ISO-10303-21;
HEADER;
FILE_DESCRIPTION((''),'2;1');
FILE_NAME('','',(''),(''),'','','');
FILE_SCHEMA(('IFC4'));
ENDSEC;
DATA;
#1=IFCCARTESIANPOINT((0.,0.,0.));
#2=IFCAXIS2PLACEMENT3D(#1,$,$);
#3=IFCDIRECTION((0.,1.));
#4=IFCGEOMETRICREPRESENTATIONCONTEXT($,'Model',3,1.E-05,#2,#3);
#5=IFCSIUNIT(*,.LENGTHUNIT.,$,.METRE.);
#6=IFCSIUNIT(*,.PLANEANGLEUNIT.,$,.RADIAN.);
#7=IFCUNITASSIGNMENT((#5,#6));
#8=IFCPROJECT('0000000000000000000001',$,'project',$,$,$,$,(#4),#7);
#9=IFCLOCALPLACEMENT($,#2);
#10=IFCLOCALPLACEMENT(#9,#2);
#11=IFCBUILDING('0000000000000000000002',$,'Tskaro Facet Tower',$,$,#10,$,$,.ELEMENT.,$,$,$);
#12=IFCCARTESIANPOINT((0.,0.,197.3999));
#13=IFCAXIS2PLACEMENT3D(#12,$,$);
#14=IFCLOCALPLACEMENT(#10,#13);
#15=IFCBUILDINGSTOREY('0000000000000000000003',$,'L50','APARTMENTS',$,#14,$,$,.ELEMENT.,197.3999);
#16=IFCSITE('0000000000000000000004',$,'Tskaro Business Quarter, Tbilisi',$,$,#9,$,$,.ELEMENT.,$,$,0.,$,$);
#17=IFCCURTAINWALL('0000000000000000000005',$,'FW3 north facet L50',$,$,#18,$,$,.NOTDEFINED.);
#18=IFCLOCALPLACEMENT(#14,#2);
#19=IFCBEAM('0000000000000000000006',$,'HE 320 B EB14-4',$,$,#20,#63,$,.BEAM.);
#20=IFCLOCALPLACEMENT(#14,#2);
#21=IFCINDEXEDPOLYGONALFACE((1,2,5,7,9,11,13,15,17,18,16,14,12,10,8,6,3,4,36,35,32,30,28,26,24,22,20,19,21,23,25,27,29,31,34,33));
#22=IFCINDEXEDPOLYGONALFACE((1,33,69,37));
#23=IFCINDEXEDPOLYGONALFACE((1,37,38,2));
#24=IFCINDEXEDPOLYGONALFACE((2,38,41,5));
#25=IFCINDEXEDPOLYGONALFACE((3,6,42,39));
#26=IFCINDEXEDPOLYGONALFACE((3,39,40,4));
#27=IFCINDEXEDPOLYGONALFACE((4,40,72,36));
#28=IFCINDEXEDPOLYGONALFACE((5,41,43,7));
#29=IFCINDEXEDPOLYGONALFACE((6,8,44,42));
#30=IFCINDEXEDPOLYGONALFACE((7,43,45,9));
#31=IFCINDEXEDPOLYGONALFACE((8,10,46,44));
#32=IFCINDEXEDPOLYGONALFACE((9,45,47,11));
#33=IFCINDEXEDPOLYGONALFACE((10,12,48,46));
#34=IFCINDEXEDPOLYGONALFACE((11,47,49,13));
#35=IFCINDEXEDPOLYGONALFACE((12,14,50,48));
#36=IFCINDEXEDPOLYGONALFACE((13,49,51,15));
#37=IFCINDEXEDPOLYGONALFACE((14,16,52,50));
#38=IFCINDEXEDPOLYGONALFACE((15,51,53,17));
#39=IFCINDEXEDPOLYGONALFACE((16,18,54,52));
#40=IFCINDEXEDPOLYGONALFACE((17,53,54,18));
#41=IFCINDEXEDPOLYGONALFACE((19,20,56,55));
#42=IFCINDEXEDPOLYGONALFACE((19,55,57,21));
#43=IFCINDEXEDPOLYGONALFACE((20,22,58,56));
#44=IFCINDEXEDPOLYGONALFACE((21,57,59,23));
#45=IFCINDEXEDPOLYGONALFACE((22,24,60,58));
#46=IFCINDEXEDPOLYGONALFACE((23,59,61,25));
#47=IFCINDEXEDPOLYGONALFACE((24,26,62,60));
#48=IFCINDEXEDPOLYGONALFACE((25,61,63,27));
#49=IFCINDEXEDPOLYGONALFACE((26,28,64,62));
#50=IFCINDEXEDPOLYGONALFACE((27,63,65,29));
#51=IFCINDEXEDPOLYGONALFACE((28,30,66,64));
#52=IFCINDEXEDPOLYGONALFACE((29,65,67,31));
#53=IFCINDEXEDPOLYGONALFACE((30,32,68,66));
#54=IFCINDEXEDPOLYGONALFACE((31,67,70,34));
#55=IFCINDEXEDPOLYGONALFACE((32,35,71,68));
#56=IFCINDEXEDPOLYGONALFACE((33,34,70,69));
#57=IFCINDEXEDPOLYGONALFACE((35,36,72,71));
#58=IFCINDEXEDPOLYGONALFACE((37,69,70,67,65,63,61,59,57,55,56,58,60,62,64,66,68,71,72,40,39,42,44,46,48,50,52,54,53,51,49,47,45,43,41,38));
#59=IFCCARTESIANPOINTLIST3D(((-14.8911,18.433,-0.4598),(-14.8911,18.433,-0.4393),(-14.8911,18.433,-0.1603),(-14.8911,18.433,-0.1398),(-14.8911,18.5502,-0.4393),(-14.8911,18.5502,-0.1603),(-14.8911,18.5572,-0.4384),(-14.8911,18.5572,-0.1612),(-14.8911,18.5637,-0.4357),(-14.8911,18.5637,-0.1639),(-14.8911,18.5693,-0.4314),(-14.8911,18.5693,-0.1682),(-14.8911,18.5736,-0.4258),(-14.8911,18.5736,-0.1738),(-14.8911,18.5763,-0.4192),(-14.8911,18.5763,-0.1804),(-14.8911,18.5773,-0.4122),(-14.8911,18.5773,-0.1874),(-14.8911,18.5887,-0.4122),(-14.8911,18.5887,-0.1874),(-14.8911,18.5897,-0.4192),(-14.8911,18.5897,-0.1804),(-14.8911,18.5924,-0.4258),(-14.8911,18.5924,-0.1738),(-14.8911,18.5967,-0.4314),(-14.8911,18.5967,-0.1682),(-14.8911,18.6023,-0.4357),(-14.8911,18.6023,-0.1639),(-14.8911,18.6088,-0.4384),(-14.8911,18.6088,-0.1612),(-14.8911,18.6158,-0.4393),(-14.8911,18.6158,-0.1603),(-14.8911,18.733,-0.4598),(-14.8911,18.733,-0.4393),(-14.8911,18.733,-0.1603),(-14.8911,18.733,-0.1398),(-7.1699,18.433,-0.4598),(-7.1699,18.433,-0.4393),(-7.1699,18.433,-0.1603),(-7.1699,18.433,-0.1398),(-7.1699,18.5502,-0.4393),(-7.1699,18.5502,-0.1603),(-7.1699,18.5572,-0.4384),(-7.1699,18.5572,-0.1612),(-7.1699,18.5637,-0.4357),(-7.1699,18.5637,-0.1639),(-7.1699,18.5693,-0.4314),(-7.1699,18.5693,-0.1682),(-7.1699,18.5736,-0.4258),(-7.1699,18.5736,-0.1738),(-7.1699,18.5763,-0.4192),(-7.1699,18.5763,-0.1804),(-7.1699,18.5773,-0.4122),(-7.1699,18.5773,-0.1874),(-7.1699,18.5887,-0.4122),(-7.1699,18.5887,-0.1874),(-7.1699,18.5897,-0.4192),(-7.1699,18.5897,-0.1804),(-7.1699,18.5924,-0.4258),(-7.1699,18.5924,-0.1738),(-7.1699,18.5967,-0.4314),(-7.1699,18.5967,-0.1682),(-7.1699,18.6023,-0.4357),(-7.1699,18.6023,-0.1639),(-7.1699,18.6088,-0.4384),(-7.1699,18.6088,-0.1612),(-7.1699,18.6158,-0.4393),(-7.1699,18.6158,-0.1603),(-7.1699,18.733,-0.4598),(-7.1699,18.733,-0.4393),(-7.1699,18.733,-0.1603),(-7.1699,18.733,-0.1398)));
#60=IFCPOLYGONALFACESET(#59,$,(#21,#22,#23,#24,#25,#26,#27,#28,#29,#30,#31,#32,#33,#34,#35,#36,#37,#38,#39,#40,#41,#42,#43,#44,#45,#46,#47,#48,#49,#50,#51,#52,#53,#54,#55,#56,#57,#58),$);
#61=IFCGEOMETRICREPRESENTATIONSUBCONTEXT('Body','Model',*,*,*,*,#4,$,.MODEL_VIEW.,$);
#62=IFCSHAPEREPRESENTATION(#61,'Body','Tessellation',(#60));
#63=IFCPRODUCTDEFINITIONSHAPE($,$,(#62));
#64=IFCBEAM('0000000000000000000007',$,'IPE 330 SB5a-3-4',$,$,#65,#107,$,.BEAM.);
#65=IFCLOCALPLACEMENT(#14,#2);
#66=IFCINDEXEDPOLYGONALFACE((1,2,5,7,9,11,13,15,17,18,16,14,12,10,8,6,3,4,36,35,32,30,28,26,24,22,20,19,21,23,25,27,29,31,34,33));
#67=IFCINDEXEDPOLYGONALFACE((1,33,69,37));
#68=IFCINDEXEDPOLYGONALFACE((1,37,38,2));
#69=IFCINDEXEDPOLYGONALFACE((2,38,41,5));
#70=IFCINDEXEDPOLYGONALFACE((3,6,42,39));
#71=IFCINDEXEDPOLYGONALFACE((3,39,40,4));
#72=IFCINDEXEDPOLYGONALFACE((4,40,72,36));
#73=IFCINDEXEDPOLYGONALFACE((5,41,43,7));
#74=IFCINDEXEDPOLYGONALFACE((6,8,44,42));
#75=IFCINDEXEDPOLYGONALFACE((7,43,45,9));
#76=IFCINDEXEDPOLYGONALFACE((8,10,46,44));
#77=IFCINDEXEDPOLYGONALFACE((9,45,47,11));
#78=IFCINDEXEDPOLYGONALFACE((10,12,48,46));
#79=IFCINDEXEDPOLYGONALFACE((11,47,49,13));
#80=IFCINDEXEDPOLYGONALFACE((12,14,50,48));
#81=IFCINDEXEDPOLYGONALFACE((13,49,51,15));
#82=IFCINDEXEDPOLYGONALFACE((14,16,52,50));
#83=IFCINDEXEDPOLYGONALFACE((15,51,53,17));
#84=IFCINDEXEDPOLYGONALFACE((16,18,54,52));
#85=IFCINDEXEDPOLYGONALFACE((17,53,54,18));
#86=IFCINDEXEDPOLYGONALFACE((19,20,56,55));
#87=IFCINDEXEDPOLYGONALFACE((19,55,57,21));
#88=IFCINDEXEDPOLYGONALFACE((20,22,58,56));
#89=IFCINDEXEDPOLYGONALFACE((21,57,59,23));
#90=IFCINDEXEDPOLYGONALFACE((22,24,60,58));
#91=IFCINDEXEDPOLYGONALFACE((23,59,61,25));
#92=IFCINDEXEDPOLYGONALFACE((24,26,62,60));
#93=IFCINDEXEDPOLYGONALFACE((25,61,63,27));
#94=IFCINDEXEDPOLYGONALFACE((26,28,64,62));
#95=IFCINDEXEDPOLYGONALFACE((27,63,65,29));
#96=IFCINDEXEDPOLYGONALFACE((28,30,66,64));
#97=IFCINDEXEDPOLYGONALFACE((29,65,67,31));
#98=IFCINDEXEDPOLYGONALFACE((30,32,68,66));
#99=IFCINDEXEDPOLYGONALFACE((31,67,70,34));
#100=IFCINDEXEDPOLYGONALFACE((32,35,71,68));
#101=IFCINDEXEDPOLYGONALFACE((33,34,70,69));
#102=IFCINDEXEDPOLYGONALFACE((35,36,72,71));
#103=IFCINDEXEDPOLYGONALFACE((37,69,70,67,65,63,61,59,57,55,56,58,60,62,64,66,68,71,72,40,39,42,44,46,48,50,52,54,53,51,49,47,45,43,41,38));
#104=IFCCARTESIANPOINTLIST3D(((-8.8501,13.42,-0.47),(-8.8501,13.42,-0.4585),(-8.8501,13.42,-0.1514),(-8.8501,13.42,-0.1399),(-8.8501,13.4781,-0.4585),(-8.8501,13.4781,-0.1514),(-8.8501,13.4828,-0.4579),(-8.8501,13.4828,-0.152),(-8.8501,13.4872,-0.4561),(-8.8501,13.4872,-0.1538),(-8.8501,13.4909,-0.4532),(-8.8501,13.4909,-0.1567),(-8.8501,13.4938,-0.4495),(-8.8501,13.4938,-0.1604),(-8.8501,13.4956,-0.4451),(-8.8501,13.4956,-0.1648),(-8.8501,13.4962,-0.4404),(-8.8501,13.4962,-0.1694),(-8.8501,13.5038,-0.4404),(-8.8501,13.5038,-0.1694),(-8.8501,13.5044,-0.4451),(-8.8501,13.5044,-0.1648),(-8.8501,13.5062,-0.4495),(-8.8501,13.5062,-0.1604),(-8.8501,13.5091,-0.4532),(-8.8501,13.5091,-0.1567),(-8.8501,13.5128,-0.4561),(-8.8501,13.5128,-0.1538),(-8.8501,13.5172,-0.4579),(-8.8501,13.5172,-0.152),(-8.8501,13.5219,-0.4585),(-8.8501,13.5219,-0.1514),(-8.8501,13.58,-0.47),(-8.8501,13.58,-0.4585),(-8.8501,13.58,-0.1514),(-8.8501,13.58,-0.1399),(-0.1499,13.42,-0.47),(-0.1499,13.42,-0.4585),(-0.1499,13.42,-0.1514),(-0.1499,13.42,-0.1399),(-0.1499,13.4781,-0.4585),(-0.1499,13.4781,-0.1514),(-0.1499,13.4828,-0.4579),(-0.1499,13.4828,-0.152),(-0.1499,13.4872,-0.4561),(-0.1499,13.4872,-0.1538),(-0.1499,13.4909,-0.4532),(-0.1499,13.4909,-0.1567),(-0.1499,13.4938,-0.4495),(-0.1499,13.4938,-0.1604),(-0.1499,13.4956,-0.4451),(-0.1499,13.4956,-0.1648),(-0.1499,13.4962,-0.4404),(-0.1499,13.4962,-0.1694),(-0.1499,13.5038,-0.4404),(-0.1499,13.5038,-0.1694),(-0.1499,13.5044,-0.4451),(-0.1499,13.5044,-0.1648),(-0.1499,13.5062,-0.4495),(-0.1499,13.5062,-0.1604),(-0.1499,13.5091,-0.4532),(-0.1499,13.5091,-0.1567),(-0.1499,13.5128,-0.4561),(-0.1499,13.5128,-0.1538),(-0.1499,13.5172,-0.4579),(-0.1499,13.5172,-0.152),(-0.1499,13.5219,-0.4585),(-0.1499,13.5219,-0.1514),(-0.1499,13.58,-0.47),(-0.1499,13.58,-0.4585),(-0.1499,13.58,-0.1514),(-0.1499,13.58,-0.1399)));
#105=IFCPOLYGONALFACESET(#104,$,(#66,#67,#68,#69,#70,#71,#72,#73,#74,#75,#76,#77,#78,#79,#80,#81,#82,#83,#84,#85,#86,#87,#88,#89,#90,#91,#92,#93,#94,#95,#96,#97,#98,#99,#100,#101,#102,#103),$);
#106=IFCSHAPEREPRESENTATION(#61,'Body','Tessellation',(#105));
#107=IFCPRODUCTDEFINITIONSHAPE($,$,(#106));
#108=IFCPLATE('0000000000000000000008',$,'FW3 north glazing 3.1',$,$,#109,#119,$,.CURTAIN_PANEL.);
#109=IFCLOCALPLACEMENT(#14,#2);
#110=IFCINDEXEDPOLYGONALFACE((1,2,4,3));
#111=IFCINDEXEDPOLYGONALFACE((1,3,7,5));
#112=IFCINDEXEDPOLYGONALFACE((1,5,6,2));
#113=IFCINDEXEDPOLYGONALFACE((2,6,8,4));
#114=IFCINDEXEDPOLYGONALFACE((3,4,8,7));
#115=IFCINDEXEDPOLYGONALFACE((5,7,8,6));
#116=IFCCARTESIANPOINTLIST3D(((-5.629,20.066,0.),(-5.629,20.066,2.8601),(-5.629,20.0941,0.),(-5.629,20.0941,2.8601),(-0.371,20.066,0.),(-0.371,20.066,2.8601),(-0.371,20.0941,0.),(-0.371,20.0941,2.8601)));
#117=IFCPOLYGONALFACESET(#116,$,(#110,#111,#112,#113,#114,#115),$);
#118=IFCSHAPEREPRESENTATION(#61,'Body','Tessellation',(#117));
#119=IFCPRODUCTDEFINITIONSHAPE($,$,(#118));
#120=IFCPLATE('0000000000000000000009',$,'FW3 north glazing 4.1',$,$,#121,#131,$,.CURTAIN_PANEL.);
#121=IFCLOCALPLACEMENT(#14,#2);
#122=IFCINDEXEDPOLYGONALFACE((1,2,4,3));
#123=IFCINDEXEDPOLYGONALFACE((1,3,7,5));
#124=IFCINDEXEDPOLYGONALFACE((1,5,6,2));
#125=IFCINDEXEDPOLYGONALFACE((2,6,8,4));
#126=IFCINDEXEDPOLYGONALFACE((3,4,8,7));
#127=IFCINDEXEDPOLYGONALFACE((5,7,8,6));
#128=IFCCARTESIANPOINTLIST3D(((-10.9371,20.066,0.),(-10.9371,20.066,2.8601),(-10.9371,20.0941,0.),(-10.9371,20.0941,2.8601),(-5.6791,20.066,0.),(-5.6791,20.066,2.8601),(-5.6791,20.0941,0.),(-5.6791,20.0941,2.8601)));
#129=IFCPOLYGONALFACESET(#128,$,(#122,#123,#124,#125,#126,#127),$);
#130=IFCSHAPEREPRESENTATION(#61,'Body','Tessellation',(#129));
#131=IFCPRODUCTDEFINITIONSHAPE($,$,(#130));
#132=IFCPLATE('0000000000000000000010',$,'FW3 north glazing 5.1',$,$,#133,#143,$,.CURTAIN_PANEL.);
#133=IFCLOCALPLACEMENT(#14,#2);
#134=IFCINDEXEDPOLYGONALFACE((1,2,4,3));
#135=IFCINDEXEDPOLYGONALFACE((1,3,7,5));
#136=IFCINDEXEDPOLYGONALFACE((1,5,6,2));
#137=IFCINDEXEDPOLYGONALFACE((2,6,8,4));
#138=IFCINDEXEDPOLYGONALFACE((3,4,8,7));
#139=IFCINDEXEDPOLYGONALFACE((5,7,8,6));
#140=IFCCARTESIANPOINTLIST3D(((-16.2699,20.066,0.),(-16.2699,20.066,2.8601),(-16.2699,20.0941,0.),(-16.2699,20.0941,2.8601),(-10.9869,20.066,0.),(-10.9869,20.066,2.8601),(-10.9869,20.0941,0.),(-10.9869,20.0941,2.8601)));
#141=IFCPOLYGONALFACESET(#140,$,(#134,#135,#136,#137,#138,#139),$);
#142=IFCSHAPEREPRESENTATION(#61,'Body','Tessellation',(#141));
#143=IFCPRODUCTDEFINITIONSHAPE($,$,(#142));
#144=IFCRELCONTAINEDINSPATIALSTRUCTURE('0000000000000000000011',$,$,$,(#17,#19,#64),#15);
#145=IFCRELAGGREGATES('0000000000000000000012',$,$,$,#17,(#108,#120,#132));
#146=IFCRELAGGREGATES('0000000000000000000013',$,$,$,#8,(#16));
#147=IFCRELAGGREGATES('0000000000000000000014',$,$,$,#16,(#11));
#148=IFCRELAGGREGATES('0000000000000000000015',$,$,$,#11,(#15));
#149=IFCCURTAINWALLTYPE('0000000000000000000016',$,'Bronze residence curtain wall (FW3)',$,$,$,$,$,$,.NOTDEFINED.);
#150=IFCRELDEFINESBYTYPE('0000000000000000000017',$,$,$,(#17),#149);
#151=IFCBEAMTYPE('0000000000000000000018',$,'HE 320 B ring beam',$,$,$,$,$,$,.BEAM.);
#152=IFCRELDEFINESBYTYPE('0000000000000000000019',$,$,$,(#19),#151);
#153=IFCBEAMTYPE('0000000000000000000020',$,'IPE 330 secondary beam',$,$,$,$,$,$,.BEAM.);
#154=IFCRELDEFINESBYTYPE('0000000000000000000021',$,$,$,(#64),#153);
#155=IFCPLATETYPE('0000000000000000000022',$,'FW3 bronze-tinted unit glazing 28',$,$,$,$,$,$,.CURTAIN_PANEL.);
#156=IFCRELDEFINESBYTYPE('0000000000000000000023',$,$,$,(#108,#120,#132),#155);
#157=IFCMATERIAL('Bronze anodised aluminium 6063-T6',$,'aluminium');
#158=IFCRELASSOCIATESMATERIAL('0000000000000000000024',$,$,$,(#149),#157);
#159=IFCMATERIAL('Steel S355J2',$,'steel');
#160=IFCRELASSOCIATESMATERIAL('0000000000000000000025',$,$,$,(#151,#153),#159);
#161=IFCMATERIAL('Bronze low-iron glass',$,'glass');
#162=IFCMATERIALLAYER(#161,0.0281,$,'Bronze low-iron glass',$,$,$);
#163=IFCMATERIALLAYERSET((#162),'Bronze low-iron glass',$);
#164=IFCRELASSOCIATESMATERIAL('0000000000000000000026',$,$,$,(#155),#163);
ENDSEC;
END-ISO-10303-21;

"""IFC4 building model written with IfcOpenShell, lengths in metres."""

from ifc_helpers import new_model, si_unit, direction, frame, origin, origin_2d, place, context, subcontext, project, spatial, rectangle, i_section, extrude, material, layer, layer_set, material_profile, profile_set, type_object, element, aggregate, save


model = new_model("IFC4")

# Units and contexts
model_context = context("Model", 3, precision=1e-05, world=origin(), true_north=direction((0.0, 1.0)))
body_context = subcontext(model_context, "Body", "Model", "MODEL_VIEW")
ifc_project = project(units=[si_unit("LENGTHUNIT", "METRE"), si_unit("PLANEANGLEUNIT", "RADIAN")], contexts=[model_context])

# Site, building, storey
site_placement = place(None, origin())
site = spatial("IfcSite", under=ifc_project, at=site_placement, Name="Tskaro Business Quarter, Tbilisi", CompositionType="ELEMENT", RefElevation=0.0)
building_placement = place(site_placement, origin())
building = spatial("IfcBuilding", under=site, at=building_placement, Name="Tskaro Facet Tower", CompositionType="ELEMENT")
storey_placement = place(building_placement, frame((0.0, 0.0, 197.3999)))
storey = spatial("IfcBuildingStorey", under=building, at=storey_placement, Name="L50", Description="APARTMENTS", CompositionType="ELEMENT", Elevation=197.3999)

# Curtain wall
ifc_material_1 = material(Name="Bronze anodised aluminium 6063-T6", Category="aluminium")
curtain_wall_type = type_object("IfcCurtainWallType", Name="Bronze residence curtain wall (FW3)", PredefinedType="NOTDEFINED", material=ifc_material_1)
curtain_wall_placement = place(storey_placement, origin())
curtain_wall = element("IfcCurtainWall", 1, at=curtain_wall_placement, inside=storey, type_object=curtain_wall_type, Name="FW3 north facet L50", PredefinedType="NOTDEFINED")

# Beams
ifc_material_2 = material(Name="Steel S355J2", Category="steel")
ifc_material_profile_1 = material_profile(ifc_material_2, i_section(OverallWidth=0.3, OverallDepth=0.3201, WebThickness=0.0115, FlangeThickness=0.0205, FilletRadius=0.0271, at=origin_2d()), Name="HE 320 B")
ifc_profile_set_1 = profile_set([ifc_material_profile_1], Name="Steel S355J2")
beam_type_1 = type_object("IfcBeamType", Name="HE 320 B ring beam", PredefinedType="BEAM", material=ifc_profile_set_1)
beam_1_placement = place(storey_placement, frame((-7.1699, 18.583, -0.2998), z_axis=(-1.0, 0.0, 0.0), x_axis=(0.0, -1.0, 0.0)))
element("IfcBeam", 2, at=beam_1_placement, inside=storey, type_object=beam_type_1, Name="HE 320 B EB14-4", PredefinedType="BEAM", context=body_context, shape_type="SweptSolid", body=[
    extrude(i_section(OverallWidth=0.3, OverallDepth=0.3201, WebThickness=0.0115, FlangeThickness=0.0205, FilletRadius=0.0271, at=origin_2d()), origin(), (0.0, 0.0, 1.0), 7.7212),
])
ifc_material_profile_2 = material_profile(ifc_material_2, i_section(OverallWidth=0.1599, OverallDepth=0.3301, WebThickness=0.0076, FlangeThickness=0.0115, FilletRadius=0.0181, at=origin_2d()), Name="IPE 330")
ifc_profile_set_2 = profile_set([ifc_material_profile_2], Name="Steel S355J2")
beam_type_2 = type_object("IfcBeamType", Name="IPE 330 secondary beam", PredefinedType="BEAM", material=ifc_profile_set_2)
beam_2_placement = place(storey_placement, frame((-8.8501, 13.5, -0.3049), z_axis=(1.0, 0.0, 0.0), x_axis=(0.0, 1.0, 0.0)))
element("IfcBeam", 3, at=beam_2_placement, inside=storey, type_object=beam_type_2, Name="IPE 330 SB5a-3-4", PredefinedType="BEAM", context=body_context, shape_type="SweptSolid", body=[
    extrude(i_section(OverallWidth=0.1599, OverallDepth=0.3301, WebThickness=0.0076, FlangeThickness=0.0115, FilletRadius=0.0181, at=origin_2d()), origin(), (0.0, 0.0, 1.0), 8.7002),
])

# Plates
ifc_material_3 = material(Name="Bronze low-iron glass", Category="glass")
ifc_layer_1 = layer(ifc_material_3, 0.0281, Name="Bronze low-iron glass")
ifc_layer_set_1 = layer_set([ifc_layer_1], Name="Bronze low-iron glass")
plate_type = type_object("IfcPlateType", Name="FW3 bronze-tinted unit glazing 28", PredefinedType="CURTAIN_PANEL", material=ifc_layer_set_1)
plate_1_placement = place(storey_placement, frame((-3.0, 20.0801, 0.0), z_axis=(0.0, 0.0, 1.0), x_axis=(-1.0, 0.0, 0.0)))
plate_1 = element("IfcPlate", 4, at=plate_1_placement, type_object=plate_type, Name="FW3 north glazing 3.1", PredefinedType="CURTAIN_PANEL", context=body_context, shape_type="SweptSolid", body=[
    extrude(rectangle(XDim=5.2581, YDim=0.0281, at=origin_2d()), origin(), (0.0, 0.0, 1.0), 2.8601),
])
plate_2_placement = place(storey_placement, frame((-8.3081, 20.0801, 0.0), z_axis=(0.0, 0.0, 1.0), x_axis=(-1.0, 0.0, 0.0)))
plate_2 = element("IfcPlate", 5, at=plate_2_placement, type_object=plate_type, Name="FW3 north glazing 4.1", PredefinedType="CURTAIN_PANEL", context=body_context, shape_type="SweptSolid", body=[
    extrude(rectangle(XDim=5.2581, YDim=0.0281, at=origin_2d()), origin(), (0.0, 0.0, 1.0), 2.8601),
])
plate_3_placement = place(storey_placement, frame((-13.6284, 20.0801, 0.0), z_axis=(0.0, 0.0, 1.0), x_axis=(-1.0, 0.0, 0.0)))
plate_3 = element("IfcPlate", 6, at=plate_3_placement, type_object=plate_type, Name="FW3 north glazing 5.1", PredefinedType="CURTAIN_PANEL", context=body_context, shape_type="SweptSolid", body=[
    extrude(rectangle(XDim=5.283, YDim=0.0281, at=origin_2d()), origin(), (0.0, 0.0, 1.0), 2.8601),
])
aggregate(curtain_wall, [plate_1, plate_2, plate_3])

save(model, "model.ifc")
